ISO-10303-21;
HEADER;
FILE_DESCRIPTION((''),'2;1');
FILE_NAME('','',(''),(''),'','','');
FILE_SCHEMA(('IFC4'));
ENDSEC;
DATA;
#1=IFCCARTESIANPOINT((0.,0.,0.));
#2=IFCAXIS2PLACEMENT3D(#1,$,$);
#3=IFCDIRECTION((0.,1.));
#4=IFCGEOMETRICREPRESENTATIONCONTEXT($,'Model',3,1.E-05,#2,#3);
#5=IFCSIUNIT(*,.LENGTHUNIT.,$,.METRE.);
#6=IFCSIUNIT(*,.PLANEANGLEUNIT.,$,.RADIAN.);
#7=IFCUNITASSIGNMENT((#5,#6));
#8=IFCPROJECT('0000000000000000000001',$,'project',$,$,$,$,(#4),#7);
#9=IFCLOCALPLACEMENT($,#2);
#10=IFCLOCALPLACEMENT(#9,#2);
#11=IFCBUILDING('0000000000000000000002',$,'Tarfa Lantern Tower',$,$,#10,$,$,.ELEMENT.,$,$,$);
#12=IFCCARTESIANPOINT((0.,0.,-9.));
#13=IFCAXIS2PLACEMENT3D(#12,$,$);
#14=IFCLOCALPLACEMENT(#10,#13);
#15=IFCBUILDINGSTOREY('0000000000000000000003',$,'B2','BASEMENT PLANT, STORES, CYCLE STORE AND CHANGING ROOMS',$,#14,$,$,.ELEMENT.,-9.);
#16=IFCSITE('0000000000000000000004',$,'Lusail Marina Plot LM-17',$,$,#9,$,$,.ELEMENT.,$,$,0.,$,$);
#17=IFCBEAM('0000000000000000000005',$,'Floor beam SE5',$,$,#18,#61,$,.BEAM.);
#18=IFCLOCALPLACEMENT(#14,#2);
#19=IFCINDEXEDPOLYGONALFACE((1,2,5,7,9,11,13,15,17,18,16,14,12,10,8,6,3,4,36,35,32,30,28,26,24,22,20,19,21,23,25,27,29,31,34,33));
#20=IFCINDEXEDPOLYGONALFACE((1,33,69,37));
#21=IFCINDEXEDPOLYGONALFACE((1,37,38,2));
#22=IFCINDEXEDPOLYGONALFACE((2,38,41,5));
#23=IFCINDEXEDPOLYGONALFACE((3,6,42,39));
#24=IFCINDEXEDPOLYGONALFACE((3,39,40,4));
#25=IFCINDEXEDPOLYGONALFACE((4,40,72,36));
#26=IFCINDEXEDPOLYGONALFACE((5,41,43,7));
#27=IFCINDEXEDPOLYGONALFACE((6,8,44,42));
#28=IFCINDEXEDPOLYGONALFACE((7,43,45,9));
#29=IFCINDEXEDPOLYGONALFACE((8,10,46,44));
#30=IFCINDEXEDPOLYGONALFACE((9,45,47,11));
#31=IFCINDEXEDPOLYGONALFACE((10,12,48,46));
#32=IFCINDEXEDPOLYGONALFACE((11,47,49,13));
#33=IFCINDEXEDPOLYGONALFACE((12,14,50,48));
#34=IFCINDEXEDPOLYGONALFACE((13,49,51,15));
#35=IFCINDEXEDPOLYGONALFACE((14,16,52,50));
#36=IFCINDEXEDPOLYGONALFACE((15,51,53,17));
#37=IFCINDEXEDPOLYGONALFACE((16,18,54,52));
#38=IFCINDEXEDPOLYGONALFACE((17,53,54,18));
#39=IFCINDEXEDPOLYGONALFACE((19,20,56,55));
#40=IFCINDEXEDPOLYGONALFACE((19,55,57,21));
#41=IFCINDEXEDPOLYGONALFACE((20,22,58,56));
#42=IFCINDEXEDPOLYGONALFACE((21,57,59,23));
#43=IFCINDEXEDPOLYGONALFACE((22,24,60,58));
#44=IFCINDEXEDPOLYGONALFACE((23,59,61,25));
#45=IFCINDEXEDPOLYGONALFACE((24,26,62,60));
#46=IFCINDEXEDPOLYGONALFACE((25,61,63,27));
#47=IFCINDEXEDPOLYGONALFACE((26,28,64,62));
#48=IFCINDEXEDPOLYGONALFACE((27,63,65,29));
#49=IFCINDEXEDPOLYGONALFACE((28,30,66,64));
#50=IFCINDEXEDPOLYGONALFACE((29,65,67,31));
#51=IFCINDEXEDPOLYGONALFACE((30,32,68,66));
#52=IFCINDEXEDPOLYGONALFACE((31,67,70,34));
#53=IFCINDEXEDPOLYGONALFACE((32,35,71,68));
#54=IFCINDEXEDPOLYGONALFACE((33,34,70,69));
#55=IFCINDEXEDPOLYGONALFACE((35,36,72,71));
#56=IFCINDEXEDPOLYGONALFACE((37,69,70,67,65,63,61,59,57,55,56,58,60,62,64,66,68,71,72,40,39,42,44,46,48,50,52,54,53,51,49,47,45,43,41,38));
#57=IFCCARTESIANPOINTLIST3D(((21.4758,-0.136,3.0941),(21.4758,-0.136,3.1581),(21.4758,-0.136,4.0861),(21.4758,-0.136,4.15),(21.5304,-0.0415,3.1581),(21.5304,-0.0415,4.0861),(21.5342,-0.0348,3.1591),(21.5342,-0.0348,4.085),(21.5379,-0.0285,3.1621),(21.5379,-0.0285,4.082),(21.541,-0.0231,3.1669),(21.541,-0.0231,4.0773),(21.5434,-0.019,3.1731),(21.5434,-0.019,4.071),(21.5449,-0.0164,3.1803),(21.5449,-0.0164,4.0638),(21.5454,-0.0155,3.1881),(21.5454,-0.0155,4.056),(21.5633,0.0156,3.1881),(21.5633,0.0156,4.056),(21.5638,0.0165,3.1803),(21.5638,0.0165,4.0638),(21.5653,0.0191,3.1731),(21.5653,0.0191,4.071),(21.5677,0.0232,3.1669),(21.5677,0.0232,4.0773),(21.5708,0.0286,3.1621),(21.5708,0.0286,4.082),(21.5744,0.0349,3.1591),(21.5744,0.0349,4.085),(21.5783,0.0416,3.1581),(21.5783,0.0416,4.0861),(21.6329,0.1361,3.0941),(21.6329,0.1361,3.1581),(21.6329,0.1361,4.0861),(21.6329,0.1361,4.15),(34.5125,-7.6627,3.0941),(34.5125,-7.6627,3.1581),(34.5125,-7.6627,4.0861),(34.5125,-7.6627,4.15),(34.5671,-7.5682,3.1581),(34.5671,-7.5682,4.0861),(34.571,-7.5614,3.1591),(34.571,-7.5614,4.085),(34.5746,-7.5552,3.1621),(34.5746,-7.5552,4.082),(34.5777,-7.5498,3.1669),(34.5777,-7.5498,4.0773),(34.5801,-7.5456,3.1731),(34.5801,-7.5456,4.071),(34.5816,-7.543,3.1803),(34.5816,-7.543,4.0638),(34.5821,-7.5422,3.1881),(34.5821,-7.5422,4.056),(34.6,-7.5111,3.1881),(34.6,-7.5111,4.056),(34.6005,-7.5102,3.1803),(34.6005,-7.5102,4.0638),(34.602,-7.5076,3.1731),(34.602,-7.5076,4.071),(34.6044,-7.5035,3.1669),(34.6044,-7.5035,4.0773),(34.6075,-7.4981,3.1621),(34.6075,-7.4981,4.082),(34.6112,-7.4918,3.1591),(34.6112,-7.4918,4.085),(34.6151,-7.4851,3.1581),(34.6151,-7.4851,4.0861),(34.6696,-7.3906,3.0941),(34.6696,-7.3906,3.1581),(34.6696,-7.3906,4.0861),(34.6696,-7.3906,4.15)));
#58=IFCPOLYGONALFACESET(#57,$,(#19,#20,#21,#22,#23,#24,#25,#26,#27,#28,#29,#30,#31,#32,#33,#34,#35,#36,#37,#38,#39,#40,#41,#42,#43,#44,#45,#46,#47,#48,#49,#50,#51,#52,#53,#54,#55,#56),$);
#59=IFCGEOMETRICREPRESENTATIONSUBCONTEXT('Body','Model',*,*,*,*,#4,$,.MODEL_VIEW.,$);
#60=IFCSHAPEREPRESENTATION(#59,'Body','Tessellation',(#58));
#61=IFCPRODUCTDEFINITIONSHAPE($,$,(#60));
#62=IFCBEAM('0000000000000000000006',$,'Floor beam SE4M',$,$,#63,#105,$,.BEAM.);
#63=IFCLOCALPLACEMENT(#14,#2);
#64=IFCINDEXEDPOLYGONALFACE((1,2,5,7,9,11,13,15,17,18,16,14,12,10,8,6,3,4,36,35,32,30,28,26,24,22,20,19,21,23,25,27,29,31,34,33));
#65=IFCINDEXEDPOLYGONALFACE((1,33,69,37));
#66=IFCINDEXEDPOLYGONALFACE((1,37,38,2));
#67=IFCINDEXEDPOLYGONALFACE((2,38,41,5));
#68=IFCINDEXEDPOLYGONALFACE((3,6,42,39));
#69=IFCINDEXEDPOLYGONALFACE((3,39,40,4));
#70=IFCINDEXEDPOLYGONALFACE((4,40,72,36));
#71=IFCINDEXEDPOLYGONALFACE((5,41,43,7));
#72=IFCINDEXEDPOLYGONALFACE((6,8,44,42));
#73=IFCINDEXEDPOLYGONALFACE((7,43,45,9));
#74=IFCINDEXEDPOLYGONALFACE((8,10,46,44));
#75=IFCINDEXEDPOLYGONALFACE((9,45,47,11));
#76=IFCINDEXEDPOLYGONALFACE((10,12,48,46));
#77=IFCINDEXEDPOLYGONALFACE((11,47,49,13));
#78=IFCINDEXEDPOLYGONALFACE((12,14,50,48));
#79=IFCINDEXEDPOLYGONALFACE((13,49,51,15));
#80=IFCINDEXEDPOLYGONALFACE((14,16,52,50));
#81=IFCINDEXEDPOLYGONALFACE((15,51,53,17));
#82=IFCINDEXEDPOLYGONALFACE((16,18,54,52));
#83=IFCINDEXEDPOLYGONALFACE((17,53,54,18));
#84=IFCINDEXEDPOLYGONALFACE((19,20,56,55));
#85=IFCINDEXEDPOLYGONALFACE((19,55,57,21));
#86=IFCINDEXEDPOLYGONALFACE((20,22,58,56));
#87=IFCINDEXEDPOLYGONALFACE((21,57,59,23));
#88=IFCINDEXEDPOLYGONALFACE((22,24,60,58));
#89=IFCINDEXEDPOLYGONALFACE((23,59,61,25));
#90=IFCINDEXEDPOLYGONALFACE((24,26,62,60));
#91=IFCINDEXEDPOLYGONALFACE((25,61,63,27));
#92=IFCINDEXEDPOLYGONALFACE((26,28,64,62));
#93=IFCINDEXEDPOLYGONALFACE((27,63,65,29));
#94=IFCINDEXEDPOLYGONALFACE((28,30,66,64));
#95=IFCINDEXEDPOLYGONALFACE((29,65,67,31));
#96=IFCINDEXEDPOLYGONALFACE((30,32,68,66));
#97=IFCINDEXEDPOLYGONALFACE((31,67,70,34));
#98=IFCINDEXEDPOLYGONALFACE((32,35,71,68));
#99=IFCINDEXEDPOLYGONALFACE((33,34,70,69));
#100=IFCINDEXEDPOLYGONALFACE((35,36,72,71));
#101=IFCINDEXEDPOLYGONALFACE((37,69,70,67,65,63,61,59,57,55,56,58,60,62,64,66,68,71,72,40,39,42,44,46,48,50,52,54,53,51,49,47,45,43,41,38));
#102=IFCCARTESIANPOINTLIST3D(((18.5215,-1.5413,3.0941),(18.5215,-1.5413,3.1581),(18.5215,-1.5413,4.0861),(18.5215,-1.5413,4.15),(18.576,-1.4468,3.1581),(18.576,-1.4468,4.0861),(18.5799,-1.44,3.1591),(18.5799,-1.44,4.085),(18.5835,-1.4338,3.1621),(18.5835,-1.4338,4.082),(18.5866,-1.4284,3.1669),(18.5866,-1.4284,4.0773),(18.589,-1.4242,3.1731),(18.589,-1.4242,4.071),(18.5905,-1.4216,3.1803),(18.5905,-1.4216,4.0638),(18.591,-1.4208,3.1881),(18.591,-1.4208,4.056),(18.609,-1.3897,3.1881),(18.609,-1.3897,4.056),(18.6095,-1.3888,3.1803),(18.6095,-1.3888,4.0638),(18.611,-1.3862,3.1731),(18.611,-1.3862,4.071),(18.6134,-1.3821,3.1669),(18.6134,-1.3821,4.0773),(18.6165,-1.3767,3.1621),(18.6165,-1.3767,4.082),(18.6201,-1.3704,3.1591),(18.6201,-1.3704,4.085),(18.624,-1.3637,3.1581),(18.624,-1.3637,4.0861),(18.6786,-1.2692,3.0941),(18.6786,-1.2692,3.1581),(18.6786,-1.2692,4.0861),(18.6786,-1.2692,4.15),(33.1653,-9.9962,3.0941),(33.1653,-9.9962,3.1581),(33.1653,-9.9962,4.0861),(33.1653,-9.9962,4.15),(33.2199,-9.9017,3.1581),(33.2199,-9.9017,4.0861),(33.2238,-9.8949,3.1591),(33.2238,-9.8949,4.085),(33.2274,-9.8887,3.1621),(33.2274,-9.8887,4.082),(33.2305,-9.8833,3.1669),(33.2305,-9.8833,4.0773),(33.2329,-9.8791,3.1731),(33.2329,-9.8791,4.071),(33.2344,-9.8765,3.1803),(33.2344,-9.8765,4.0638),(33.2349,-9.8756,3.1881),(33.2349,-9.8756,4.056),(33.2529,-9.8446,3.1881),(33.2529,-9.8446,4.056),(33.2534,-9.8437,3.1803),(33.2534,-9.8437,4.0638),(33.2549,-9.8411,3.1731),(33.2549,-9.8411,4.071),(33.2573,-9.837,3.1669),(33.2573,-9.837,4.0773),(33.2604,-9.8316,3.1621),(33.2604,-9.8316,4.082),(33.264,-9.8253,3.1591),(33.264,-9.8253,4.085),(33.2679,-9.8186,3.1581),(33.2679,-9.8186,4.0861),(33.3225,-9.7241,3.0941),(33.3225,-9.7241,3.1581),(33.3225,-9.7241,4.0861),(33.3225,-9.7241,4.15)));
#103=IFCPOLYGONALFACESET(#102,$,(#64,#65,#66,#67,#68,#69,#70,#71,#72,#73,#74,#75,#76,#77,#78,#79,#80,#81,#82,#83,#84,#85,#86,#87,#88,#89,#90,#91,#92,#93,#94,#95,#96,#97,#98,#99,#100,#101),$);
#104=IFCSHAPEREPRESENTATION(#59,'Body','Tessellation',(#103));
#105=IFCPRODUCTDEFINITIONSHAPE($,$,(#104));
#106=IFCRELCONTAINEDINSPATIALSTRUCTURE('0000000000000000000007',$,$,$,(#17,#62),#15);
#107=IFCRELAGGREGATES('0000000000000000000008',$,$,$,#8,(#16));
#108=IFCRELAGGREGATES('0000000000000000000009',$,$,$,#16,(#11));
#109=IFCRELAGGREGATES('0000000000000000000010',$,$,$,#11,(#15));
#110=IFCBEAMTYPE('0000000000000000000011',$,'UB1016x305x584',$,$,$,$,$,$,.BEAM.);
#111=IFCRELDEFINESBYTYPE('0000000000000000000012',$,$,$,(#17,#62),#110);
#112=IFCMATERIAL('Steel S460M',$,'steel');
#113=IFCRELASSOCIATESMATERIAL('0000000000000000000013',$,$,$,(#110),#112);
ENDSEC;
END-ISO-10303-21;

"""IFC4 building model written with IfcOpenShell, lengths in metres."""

from ifc_helpers import new_model, si_unit, direction, frame, origin, origin_2d, place, context, subcontext, project, spatial, i_section, extrude, material, material_profile, profile_set, type_object, element, save


model = new_model("IFC4")

# Units and contexts
model_context = context("Model", 3, precision=1e-05, world=origin(), true_north=direction((0.0, 1.0)))
body_context = subcontext(model_context, "Body", "Model", "MODEL_VIEW")
ifc_project = project(units=[si_unit("LENGTHUNIT", "METRE"), si_unit("PLANEANGLEUNIT", "RADIAN")], contexts=[model_context])

# Site, building, storey
site_placement = place(None, origin())
site = spatial("IfcSite", under=ifc_project, at=site_placement, Name="Lusail Marina Plot LM-17", CompositionType="ELEMENT", RefElevation=0.0)
building_placement = place(site_placement, origin())
building = spatial("IfcBuilding", under=site, at=building_placement, Name="Tarfa Lantern Tower", CompositionType="ELEMENT")
storey_placement = place(building_placement, frame((0.0, 0.0, -9.0)))
storey = spatial("IfcBuildingStorey", under=building, at=storey_placement, Name="B2", Description="BASEMENT PLANT, STORES, CYCLE STORE AND CHANGING ROOMS", CompositionType="ELEMENT", Elevation=-9.0)

# Beams
ifc_material_1 = material(Name="Steel S460M", Category="steel")
ifc_material_profile_1 = material_profile(ifc_material_1, i_section(OverallWidth=0.3142, OverallDepth=1.0559, WebThickness=0.0359, FlangeThickness=0.064, FilletRadius=0.03, at=origin_2d()), Name="UB1016x305x584")
ifc_profile_set_1 = profile_set([ifc_material_profile_1], Name="Steel S460M")
beam_type_1 = type_object("IfcBeamType", Name="UB1016x305x584", PredefinedType="BEAM", material=ifc_profile_set_1)
beam_1_placement = place(storey_placement, frame((34.5911, -7.5266, 3.6221), z_axis=(-0.866028, 0.499996, 0.0), x_axis=(-0.499996, -0.866028, 0.0)))
element("IfcBeam", 1, at=beam_1_placement, inside=storey, type_object=beam_type_1, Name="Floor beam SE5", PredefinedType="BEAM", context=body_context, shape_type="SweptSolid", body=[
    extrude(i_section(OverallWidth=0.3142, OverallDepth=1.0559, WebThickness=0.0359, FlangeThickness=0.064, FilletRadius=0.03, at=origin_2d()), origin(), (0.0, 0.0, 1.0), 15.0535),
])
beam_2_placement = place(storey_placement, frame((33.2439, -9.8601, 3.6221), z_axis=(-0.866019, 0.50001, 0.0), x_axis=(-0.50001, -0.866019, 0.0)))
element("IfcBeam", 2, at=beam_2_placement, inside=storey, type_object=beam_type_1, Name="Floor beam SE4M", PredefinedType="BEAM", context=body_context, shape_type="SweptSolid", body=[
    extrude(i_section(OverallWidth=0.3142, OverallDepth=1.0559, WebThickness=0.0359, FlangeThickness=0.064, FilletRadius=0.03, at=origin_2d()), origin(), (0.0, 0.0, 1.0), 16.9094),
])

save(model, "model.ifc")
